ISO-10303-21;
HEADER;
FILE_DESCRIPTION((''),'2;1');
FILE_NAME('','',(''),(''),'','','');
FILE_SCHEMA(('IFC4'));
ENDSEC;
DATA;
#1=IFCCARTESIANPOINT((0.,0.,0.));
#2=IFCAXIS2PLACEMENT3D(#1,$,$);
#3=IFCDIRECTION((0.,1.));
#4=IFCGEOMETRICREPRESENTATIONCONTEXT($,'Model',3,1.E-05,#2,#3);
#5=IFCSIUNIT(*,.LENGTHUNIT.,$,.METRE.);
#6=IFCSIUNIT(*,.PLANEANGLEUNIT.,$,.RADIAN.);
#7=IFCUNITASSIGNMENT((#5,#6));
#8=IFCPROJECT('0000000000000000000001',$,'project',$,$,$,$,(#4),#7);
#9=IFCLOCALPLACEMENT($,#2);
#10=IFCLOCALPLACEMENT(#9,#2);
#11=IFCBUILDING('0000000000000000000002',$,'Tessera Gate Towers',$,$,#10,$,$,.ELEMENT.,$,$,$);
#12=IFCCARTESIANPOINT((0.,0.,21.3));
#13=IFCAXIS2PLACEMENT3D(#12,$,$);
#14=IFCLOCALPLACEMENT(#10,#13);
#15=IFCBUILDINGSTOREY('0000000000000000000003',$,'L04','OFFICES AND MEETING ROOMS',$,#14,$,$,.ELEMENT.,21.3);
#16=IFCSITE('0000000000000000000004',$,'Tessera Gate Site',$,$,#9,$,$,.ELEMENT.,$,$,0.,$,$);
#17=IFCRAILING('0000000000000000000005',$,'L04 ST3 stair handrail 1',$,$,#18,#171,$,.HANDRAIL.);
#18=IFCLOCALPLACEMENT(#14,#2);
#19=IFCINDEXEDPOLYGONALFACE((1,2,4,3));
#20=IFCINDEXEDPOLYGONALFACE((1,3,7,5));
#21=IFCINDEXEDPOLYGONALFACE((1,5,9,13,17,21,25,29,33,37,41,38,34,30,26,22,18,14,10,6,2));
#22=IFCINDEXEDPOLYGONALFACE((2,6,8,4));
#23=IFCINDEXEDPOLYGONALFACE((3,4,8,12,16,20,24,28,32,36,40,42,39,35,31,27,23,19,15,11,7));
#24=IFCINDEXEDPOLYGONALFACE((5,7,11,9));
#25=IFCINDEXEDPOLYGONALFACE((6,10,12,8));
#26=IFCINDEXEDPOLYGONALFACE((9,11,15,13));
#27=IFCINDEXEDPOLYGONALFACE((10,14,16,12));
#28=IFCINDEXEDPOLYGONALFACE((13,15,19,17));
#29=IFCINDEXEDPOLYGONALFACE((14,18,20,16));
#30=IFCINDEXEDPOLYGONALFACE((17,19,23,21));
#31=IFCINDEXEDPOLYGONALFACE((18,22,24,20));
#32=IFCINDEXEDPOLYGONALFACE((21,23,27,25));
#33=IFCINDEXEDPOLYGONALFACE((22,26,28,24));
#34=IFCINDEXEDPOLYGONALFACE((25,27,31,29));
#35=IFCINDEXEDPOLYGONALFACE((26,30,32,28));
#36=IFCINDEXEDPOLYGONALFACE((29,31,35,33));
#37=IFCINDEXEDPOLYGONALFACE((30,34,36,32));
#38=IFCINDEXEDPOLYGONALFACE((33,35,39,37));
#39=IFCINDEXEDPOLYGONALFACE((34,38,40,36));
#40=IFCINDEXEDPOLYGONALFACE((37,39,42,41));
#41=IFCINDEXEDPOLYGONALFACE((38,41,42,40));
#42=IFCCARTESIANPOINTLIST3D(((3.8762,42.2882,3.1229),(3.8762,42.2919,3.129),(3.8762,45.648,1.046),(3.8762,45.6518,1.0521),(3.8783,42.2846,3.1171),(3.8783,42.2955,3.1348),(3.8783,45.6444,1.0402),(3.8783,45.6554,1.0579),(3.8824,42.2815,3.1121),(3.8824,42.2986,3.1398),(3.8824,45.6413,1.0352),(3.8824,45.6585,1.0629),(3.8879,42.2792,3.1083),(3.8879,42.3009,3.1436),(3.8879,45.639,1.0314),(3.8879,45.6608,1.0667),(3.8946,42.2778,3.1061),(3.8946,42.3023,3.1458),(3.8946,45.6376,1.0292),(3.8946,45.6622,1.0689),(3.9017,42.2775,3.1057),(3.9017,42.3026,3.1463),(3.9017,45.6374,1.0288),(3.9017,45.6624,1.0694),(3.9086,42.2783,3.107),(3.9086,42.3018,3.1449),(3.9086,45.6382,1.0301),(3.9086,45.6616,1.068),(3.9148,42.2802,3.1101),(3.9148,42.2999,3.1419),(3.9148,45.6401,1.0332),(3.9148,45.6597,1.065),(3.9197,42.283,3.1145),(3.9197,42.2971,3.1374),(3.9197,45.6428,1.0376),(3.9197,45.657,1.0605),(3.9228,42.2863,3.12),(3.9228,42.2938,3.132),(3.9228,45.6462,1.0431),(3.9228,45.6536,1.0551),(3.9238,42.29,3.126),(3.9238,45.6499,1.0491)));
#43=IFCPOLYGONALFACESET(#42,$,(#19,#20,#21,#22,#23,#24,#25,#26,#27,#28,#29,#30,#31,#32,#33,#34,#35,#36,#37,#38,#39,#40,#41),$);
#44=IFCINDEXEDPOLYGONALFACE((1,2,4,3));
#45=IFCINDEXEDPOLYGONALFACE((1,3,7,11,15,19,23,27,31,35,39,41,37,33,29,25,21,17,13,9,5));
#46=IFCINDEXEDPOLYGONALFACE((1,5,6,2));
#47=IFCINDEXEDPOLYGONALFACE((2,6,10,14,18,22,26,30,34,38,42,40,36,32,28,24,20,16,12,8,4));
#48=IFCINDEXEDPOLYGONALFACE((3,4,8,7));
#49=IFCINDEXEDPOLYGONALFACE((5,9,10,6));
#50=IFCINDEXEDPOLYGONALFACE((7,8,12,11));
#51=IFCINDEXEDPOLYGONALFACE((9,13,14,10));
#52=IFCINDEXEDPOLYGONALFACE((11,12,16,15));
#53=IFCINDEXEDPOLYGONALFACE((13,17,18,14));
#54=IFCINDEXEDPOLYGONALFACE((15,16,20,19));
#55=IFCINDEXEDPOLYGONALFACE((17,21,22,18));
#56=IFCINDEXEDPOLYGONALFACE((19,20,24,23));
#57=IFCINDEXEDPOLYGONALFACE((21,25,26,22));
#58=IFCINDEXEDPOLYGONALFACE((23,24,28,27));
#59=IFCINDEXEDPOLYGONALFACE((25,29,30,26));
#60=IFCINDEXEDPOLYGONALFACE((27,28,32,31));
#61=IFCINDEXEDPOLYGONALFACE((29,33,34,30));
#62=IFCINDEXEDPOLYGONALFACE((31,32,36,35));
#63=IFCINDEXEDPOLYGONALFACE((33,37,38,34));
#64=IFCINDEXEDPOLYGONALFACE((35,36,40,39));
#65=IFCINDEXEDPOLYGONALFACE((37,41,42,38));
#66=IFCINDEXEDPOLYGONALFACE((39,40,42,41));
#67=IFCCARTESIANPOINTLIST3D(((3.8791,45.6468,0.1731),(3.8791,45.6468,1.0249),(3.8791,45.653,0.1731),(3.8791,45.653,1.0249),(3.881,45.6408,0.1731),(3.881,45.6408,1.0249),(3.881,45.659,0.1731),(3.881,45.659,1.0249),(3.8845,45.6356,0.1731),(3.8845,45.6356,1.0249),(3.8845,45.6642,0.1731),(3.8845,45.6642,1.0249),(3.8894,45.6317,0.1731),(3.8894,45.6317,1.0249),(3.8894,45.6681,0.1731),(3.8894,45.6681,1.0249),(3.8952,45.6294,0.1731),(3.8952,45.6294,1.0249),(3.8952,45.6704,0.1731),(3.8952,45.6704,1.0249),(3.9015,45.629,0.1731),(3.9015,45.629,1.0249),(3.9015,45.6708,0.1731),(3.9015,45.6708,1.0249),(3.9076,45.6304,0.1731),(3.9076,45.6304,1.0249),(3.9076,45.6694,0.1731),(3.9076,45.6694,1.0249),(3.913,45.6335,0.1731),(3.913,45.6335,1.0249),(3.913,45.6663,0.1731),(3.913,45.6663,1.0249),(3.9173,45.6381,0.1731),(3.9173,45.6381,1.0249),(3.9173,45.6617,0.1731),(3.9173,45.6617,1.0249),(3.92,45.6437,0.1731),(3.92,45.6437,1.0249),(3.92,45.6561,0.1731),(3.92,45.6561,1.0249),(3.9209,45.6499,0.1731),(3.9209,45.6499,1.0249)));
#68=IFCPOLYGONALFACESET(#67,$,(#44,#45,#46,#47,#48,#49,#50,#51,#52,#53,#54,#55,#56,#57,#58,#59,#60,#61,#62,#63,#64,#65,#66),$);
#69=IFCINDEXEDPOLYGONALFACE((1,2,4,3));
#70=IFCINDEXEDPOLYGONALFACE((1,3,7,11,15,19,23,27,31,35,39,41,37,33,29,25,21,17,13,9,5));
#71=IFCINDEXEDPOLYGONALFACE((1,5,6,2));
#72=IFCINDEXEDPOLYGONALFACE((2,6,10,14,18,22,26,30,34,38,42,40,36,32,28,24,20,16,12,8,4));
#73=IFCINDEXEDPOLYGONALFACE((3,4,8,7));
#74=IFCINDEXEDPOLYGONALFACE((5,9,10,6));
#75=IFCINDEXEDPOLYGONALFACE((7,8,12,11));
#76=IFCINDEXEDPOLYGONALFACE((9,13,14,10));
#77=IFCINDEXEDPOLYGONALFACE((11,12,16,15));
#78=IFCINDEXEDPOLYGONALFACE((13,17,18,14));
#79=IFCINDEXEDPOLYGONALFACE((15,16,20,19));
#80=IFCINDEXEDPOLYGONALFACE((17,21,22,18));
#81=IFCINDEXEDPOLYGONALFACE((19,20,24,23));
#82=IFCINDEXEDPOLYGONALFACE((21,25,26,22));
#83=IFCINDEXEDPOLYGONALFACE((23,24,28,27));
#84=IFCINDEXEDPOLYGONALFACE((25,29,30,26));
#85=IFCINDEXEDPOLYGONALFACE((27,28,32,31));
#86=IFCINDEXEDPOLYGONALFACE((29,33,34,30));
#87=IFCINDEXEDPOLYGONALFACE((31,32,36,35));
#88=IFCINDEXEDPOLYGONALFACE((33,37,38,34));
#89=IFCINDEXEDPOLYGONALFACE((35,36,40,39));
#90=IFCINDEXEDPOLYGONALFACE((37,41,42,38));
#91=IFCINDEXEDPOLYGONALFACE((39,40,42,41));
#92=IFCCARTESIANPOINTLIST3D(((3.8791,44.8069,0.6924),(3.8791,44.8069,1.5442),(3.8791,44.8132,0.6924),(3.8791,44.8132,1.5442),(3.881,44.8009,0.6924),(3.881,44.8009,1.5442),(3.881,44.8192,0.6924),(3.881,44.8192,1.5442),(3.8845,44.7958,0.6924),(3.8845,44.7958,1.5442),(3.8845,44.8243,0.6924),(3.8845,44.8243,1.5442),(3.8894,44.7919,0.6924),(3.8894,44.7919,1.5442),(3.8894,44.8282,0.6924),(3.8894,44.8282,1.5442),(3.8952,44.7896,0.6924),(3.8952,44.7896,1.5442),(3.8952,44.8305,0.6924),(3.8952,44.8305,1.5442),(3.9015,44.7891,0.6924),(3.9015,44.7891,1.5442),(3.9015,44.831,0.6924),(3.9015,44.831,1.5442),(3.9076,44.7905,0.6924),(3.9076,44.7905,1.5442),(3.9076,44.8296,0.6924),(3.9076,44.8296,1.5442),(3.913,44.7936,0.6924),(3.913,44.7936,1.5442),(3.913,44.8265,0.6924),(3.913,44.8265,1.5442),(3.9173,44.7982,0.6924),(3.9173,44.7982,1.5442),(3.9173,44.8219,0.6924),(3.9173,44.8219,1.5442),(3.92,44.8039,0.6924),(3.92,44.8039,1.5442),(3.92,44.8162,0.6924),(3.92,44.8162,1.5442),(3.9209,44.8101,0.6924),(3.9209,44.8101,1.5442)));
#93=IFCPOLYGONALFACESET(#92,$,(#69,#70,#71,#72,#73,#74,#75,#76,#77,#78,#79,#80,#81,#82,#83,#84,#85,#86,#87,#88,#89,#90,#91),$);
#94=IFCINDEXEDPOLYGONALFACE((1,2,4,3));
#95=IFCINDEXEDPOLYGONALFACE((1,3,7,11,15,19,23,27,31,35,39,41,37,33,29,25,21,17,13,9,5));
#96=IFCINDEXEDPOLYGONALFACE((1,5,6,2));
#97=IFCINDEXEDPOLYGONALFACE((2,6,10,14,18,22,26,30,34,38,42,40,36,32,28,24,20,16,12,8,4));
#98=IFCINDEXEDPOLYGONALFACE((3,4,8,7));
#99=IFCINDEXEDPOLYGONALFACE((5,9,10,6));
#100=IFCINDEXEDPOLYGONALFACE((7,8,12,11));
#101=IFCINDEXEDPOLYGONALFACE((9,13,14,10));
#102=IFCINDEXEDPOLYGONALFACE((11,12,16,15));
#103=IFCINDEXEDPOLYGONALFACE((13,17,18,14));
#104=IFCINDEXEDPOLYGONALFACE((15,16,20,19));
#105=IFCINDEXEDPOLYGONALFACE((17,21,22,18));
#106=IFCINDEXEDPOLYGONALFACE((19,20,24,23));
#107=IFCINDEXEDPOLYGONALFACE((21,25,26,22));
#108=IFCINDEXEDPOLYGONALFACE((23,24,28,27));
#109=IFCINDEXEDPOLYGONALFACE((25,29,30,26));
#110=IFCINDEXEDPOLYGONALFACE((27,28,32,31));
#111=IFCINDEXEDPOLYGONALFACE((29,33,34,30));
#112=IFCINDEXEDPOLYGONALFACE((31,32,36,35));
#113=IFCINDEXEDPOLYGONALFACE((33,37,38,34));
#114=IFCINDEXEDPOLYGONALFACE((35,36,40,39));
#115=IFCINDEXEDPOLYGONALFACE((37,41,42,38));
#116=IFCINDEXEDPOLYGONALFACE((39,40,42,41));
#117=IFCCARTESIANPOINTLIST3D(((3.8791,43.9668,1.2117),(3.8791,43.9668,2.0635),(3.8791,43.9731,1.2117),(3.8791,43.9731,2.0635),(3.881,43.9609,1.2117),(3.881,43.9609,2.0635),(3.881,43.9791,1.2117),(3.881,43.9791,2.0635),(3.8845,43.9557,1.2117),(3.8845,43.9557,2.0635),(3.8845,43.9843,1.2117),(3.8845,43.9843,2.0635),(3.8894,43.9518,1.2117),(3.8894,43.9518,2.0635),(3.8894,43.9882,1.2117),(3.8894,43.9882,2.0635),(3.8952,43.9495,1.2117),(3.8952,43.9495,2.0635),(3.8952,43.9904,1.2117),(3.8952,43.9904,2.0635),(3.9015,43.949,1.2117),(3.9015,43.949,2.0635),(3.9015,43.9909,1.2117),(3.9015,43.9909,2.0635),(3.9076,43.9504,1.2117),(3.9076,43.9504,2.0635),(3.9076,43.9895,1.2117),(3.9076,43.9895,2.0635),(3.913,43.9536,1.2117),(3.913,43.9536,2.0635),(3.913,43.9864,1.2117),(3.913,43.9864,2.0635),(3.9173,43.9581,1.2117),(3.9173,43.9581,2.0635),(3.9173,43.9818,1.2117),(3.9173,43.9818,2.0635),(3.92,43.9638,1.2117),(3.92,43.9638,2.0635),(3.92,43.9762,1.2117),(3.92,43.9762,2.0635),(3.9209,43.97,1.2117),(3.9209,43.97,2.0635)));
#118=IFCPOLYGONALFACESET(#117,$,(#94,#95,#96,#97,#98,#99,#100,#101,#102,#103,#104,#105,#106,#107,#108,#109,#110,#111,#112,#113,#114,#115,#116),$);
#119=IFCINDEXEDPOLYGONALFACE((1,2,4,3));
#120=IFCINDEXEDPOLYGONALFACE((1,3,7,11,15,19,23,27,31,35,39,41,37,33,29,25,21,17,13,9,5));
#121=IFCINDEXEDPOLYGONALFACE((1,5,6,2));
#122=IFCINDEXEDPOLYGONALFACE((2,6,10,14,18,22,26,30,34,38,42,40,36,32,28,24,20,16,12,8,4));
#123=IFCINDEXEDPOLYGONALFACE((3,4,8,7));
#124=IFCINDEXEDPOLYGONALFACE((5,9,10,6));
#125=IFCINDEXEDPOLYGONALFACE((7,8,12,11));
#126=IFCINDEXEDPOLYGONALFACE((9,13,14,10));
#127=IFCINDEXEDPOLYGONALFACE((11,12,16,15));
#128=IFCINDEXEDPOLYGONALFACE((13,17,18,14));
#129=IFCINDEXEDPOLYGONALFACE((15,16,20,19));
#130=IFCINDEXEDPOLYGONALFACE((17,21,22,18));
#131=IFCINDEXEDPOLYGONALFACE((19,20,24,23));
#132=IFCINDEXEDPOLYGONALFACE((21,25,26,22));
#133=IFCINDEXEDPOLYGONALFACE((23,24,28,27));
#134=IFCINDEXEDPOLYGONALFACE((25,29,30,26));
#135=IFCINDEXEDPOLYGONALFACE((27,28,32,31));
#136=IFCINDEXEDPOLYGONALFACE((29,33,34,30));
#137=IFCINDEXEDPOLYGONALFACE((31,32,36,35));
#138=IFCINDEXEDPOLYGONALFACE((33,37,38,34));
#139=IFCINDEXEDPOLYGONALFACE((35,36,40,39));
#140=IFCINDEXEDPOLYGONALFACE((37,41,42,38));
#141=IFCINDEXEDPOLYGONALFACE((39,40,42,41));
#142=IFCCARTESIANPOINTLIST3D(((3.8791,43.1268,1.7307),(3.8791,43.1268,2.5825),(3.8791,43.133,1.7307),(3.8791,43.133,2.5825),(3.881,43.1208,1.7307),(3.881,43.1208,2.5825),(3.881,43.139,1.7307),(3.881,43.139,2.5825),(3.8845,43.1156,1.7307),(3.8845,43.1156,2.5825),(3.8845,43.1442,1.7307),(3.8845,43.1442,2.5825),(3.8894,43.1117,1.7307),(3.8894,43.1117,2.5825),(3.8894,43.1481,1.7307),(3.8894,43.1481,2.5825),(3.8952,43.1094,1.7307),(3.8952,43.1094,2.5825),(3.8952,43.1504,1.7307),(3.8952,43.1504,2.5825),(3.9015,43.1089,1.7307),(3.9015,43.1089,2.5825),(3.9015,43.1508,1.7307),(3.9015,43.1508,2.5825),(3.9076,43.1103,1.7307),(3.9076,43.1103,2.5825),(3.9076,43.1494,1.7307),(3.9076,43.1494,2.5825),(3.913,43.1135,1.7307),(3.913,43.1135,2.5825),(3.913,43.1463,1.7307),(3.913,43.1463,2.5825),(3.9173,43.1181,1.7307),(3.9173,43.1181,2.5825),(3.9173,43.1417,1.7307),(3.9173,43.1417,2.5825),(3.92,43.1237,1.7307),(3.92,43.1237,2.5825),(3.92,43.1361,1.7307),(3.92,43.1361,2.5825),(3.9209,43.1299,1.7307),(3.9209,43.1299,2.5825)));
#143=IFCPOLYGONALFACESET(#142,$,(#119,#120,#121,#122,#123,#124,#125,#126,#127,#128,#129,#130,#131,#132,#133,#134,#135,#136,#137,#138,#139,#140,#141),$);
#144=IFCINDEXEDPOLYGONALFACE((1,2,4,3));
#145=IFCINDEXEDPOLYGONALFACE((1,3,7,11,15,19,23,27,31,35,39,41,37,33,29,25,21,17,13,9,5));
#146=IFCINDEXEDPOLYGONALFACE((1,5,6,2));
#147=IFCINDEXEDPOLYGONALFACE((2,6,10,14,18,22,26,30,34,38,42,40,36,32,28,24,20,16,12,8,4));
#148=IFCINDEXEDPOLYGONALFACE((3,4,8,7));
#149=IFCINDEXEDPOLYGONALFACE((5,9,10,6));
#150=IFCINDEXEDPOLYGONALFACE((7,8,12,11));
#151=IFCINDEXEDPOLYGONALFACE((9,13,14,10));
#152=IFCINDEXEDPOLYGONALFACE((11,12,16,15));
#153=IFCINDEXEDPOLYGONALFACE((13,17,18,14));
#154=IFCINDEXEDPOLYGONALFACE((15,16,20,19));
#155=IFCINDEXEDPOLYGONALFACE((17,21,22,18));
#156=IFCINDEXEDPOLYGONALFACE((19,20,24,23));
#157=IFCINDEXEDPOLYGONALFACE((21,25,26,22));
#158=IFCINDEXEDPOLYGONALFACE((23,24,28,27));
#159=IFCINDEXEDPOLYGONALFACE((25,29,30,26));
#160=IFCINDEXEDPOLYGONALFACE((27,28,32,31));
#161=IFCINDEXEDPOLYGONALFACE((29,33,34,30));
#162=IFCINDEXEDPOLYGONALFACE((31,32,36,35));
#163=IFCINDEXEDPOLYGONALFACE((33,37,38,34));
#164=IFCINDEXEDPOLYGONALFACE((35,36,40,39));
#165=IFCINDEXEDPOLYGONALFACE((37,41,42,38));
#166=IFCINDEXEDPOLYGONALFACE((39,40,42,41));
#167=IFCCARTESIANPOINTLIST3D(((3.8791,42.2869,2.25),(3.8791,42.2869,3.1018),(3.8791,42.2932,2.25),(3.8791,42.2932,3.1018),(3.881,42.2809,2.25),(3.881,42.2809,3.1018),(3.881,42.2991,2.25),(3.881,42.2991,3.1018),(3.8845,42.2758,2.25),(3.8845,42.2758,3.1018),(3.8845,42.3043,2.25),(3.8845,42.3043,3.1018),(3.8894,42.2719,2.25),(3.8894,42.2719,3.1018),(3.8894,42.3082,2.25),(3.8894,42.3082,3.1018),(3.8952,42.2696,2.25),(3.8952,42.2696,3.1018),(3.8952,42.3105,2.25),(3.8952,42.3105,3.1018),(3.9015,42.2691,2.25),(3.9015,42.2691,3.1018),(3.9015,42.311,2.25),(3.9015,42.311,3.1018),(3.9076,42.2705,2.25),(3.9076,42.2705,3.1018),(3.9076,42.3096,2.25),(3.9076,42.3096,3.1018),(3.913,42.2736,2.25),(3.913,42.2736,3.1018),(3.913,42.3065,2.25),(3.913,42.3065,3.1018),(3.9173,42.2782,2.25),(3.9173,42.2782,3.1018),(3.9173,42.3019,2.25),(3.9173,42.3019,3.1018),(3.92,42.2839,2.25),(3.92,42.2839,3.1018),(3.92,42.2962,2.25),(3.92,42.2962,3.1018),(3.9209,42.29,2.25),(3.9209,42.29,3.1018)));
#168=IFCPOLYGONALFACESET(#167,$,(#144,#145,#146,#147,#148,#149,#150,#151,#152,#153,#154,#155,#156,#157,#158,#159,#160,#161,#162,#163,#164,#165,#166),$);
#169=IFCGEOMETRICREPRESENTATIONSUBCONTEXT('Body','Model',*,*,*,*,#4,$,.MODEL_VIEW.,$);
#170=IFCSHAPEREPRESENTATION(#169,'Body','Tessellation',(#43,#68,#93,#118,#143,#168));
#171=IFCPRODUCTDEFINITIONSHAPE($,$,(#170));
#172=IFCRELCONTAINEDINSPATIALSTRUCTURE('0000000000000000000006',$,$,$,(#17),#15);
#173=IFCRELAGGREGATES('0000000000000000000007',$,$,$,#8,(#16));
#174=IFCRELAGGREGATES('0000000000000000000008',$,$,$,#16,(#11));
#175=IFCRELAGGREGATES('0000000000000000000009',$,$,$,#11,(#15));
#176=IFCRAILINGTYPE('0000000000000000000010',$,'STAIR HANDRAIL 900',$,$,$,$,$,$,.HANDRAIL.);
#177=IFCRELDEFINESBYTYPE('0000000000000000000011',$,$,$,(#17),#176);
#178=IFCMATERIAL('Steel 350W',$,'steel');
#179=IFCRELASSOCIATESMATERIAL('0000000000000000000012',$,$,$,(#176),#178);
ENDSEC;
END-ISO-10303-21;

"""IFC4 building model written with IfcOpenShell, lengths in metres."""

from ifc_helpers import new_model, si_unit, direction, frame, origin, origin_2d, place, context, subcontext, project, spatial, circle, extrude, material, type_object, element, save


model = new_model("IFC4")

# Units and contexts
model_context = context("Model", 3, precision=1e-05, world=origin(), true_north=direction((0.0, 1.0)))
body_context = subcontext(model_context, "Body", "Model", "MODEL_VIEW")
ifc_project = project(units=[si_unit("LENGTHUNIT", "METRE"), si_unit("PLANEANGLEUNIT", "RADIAN")], contexts=[model_context])

# Site, building, storey
site_placement = place(None, origin())
site = spatial("IfcSite", under=ifc_project, at=site_placement, Name="Tessera Gate Site", CompositionType="ELEMENT", RefElevation=0.0)
building_placement = place(site_placement, origin())
building = spatial("IfcBuilding", under=site, at=building_placement, Name="Tessera Gate Towers", CompositionType="ELEMENT")
storey_placement = place(building_placement, frame((0.0, 0.0, 21.3)))
storey = spatial("IfcBuildingStorey", under=building, at=storey_placement, Name="L04", Description="OFFICES AND MEETING ROOMS", CompositionType="ELEMENT", Elevation=21.3)

# Railing
ifc_material_1 = material(Name="Steel 350W", Category="steel")
railing_type_1 = type_object("IfcRailingType", Name="STAIR HANDRAIL 900", PredefinedType="HANDRAIL", material=ifc_material_1)
railing_1_placement = place(storey_placement, frame((3.8999, 45.6499, 0.1731)))
element("IfcRailing", 1, at=railing_1_placement, inside=storey, type_object=railing_type_1, Name="L04 ST3 stair handrail 1", PredefinedType="HANDRAIL", context=body_context, shape_type="SweptSolid", body=[
    extrude(circle(Radius=0.0239, at=origin_2d()), frame((0.0, 0.0, 0.876), z_axis=(0.0, -0.850606, 0.525803), x_axis=(1.0, 0.0, 0.0)), (0.0, 0.0, 1.0), 3.95),
    extrude(circle(Radius=0.021, at=origin_2d()), origin(), (0.0, 0.0, 1.0), 0.8518),
    extrude(circle(Radius=0.021, at=origin_2d()), frame((0.0, -0.8398, 0.5193)), (0.0, 0.0, 1.0), 0.8518),
    extrude(circle(Radius=0.021, at=origin_2d()), frame((0.0, -1.6799, 1.0386)), (0.0, 0.0, 1.0), 0.8518),
    extrude(circle(Radius=0.021, at=origin_2d()), frame((0.0, -2.52, 1.5576)), (0.0, 0.0, 1.0), 0.8518),
    extrude(circle(Radius=0.021, at=origin_2d()), frame((0.0, -3.3599, 2.0769)), (0.0, 0.0, 1.0), 0.8518),
])

save(model, "model.ifc")
